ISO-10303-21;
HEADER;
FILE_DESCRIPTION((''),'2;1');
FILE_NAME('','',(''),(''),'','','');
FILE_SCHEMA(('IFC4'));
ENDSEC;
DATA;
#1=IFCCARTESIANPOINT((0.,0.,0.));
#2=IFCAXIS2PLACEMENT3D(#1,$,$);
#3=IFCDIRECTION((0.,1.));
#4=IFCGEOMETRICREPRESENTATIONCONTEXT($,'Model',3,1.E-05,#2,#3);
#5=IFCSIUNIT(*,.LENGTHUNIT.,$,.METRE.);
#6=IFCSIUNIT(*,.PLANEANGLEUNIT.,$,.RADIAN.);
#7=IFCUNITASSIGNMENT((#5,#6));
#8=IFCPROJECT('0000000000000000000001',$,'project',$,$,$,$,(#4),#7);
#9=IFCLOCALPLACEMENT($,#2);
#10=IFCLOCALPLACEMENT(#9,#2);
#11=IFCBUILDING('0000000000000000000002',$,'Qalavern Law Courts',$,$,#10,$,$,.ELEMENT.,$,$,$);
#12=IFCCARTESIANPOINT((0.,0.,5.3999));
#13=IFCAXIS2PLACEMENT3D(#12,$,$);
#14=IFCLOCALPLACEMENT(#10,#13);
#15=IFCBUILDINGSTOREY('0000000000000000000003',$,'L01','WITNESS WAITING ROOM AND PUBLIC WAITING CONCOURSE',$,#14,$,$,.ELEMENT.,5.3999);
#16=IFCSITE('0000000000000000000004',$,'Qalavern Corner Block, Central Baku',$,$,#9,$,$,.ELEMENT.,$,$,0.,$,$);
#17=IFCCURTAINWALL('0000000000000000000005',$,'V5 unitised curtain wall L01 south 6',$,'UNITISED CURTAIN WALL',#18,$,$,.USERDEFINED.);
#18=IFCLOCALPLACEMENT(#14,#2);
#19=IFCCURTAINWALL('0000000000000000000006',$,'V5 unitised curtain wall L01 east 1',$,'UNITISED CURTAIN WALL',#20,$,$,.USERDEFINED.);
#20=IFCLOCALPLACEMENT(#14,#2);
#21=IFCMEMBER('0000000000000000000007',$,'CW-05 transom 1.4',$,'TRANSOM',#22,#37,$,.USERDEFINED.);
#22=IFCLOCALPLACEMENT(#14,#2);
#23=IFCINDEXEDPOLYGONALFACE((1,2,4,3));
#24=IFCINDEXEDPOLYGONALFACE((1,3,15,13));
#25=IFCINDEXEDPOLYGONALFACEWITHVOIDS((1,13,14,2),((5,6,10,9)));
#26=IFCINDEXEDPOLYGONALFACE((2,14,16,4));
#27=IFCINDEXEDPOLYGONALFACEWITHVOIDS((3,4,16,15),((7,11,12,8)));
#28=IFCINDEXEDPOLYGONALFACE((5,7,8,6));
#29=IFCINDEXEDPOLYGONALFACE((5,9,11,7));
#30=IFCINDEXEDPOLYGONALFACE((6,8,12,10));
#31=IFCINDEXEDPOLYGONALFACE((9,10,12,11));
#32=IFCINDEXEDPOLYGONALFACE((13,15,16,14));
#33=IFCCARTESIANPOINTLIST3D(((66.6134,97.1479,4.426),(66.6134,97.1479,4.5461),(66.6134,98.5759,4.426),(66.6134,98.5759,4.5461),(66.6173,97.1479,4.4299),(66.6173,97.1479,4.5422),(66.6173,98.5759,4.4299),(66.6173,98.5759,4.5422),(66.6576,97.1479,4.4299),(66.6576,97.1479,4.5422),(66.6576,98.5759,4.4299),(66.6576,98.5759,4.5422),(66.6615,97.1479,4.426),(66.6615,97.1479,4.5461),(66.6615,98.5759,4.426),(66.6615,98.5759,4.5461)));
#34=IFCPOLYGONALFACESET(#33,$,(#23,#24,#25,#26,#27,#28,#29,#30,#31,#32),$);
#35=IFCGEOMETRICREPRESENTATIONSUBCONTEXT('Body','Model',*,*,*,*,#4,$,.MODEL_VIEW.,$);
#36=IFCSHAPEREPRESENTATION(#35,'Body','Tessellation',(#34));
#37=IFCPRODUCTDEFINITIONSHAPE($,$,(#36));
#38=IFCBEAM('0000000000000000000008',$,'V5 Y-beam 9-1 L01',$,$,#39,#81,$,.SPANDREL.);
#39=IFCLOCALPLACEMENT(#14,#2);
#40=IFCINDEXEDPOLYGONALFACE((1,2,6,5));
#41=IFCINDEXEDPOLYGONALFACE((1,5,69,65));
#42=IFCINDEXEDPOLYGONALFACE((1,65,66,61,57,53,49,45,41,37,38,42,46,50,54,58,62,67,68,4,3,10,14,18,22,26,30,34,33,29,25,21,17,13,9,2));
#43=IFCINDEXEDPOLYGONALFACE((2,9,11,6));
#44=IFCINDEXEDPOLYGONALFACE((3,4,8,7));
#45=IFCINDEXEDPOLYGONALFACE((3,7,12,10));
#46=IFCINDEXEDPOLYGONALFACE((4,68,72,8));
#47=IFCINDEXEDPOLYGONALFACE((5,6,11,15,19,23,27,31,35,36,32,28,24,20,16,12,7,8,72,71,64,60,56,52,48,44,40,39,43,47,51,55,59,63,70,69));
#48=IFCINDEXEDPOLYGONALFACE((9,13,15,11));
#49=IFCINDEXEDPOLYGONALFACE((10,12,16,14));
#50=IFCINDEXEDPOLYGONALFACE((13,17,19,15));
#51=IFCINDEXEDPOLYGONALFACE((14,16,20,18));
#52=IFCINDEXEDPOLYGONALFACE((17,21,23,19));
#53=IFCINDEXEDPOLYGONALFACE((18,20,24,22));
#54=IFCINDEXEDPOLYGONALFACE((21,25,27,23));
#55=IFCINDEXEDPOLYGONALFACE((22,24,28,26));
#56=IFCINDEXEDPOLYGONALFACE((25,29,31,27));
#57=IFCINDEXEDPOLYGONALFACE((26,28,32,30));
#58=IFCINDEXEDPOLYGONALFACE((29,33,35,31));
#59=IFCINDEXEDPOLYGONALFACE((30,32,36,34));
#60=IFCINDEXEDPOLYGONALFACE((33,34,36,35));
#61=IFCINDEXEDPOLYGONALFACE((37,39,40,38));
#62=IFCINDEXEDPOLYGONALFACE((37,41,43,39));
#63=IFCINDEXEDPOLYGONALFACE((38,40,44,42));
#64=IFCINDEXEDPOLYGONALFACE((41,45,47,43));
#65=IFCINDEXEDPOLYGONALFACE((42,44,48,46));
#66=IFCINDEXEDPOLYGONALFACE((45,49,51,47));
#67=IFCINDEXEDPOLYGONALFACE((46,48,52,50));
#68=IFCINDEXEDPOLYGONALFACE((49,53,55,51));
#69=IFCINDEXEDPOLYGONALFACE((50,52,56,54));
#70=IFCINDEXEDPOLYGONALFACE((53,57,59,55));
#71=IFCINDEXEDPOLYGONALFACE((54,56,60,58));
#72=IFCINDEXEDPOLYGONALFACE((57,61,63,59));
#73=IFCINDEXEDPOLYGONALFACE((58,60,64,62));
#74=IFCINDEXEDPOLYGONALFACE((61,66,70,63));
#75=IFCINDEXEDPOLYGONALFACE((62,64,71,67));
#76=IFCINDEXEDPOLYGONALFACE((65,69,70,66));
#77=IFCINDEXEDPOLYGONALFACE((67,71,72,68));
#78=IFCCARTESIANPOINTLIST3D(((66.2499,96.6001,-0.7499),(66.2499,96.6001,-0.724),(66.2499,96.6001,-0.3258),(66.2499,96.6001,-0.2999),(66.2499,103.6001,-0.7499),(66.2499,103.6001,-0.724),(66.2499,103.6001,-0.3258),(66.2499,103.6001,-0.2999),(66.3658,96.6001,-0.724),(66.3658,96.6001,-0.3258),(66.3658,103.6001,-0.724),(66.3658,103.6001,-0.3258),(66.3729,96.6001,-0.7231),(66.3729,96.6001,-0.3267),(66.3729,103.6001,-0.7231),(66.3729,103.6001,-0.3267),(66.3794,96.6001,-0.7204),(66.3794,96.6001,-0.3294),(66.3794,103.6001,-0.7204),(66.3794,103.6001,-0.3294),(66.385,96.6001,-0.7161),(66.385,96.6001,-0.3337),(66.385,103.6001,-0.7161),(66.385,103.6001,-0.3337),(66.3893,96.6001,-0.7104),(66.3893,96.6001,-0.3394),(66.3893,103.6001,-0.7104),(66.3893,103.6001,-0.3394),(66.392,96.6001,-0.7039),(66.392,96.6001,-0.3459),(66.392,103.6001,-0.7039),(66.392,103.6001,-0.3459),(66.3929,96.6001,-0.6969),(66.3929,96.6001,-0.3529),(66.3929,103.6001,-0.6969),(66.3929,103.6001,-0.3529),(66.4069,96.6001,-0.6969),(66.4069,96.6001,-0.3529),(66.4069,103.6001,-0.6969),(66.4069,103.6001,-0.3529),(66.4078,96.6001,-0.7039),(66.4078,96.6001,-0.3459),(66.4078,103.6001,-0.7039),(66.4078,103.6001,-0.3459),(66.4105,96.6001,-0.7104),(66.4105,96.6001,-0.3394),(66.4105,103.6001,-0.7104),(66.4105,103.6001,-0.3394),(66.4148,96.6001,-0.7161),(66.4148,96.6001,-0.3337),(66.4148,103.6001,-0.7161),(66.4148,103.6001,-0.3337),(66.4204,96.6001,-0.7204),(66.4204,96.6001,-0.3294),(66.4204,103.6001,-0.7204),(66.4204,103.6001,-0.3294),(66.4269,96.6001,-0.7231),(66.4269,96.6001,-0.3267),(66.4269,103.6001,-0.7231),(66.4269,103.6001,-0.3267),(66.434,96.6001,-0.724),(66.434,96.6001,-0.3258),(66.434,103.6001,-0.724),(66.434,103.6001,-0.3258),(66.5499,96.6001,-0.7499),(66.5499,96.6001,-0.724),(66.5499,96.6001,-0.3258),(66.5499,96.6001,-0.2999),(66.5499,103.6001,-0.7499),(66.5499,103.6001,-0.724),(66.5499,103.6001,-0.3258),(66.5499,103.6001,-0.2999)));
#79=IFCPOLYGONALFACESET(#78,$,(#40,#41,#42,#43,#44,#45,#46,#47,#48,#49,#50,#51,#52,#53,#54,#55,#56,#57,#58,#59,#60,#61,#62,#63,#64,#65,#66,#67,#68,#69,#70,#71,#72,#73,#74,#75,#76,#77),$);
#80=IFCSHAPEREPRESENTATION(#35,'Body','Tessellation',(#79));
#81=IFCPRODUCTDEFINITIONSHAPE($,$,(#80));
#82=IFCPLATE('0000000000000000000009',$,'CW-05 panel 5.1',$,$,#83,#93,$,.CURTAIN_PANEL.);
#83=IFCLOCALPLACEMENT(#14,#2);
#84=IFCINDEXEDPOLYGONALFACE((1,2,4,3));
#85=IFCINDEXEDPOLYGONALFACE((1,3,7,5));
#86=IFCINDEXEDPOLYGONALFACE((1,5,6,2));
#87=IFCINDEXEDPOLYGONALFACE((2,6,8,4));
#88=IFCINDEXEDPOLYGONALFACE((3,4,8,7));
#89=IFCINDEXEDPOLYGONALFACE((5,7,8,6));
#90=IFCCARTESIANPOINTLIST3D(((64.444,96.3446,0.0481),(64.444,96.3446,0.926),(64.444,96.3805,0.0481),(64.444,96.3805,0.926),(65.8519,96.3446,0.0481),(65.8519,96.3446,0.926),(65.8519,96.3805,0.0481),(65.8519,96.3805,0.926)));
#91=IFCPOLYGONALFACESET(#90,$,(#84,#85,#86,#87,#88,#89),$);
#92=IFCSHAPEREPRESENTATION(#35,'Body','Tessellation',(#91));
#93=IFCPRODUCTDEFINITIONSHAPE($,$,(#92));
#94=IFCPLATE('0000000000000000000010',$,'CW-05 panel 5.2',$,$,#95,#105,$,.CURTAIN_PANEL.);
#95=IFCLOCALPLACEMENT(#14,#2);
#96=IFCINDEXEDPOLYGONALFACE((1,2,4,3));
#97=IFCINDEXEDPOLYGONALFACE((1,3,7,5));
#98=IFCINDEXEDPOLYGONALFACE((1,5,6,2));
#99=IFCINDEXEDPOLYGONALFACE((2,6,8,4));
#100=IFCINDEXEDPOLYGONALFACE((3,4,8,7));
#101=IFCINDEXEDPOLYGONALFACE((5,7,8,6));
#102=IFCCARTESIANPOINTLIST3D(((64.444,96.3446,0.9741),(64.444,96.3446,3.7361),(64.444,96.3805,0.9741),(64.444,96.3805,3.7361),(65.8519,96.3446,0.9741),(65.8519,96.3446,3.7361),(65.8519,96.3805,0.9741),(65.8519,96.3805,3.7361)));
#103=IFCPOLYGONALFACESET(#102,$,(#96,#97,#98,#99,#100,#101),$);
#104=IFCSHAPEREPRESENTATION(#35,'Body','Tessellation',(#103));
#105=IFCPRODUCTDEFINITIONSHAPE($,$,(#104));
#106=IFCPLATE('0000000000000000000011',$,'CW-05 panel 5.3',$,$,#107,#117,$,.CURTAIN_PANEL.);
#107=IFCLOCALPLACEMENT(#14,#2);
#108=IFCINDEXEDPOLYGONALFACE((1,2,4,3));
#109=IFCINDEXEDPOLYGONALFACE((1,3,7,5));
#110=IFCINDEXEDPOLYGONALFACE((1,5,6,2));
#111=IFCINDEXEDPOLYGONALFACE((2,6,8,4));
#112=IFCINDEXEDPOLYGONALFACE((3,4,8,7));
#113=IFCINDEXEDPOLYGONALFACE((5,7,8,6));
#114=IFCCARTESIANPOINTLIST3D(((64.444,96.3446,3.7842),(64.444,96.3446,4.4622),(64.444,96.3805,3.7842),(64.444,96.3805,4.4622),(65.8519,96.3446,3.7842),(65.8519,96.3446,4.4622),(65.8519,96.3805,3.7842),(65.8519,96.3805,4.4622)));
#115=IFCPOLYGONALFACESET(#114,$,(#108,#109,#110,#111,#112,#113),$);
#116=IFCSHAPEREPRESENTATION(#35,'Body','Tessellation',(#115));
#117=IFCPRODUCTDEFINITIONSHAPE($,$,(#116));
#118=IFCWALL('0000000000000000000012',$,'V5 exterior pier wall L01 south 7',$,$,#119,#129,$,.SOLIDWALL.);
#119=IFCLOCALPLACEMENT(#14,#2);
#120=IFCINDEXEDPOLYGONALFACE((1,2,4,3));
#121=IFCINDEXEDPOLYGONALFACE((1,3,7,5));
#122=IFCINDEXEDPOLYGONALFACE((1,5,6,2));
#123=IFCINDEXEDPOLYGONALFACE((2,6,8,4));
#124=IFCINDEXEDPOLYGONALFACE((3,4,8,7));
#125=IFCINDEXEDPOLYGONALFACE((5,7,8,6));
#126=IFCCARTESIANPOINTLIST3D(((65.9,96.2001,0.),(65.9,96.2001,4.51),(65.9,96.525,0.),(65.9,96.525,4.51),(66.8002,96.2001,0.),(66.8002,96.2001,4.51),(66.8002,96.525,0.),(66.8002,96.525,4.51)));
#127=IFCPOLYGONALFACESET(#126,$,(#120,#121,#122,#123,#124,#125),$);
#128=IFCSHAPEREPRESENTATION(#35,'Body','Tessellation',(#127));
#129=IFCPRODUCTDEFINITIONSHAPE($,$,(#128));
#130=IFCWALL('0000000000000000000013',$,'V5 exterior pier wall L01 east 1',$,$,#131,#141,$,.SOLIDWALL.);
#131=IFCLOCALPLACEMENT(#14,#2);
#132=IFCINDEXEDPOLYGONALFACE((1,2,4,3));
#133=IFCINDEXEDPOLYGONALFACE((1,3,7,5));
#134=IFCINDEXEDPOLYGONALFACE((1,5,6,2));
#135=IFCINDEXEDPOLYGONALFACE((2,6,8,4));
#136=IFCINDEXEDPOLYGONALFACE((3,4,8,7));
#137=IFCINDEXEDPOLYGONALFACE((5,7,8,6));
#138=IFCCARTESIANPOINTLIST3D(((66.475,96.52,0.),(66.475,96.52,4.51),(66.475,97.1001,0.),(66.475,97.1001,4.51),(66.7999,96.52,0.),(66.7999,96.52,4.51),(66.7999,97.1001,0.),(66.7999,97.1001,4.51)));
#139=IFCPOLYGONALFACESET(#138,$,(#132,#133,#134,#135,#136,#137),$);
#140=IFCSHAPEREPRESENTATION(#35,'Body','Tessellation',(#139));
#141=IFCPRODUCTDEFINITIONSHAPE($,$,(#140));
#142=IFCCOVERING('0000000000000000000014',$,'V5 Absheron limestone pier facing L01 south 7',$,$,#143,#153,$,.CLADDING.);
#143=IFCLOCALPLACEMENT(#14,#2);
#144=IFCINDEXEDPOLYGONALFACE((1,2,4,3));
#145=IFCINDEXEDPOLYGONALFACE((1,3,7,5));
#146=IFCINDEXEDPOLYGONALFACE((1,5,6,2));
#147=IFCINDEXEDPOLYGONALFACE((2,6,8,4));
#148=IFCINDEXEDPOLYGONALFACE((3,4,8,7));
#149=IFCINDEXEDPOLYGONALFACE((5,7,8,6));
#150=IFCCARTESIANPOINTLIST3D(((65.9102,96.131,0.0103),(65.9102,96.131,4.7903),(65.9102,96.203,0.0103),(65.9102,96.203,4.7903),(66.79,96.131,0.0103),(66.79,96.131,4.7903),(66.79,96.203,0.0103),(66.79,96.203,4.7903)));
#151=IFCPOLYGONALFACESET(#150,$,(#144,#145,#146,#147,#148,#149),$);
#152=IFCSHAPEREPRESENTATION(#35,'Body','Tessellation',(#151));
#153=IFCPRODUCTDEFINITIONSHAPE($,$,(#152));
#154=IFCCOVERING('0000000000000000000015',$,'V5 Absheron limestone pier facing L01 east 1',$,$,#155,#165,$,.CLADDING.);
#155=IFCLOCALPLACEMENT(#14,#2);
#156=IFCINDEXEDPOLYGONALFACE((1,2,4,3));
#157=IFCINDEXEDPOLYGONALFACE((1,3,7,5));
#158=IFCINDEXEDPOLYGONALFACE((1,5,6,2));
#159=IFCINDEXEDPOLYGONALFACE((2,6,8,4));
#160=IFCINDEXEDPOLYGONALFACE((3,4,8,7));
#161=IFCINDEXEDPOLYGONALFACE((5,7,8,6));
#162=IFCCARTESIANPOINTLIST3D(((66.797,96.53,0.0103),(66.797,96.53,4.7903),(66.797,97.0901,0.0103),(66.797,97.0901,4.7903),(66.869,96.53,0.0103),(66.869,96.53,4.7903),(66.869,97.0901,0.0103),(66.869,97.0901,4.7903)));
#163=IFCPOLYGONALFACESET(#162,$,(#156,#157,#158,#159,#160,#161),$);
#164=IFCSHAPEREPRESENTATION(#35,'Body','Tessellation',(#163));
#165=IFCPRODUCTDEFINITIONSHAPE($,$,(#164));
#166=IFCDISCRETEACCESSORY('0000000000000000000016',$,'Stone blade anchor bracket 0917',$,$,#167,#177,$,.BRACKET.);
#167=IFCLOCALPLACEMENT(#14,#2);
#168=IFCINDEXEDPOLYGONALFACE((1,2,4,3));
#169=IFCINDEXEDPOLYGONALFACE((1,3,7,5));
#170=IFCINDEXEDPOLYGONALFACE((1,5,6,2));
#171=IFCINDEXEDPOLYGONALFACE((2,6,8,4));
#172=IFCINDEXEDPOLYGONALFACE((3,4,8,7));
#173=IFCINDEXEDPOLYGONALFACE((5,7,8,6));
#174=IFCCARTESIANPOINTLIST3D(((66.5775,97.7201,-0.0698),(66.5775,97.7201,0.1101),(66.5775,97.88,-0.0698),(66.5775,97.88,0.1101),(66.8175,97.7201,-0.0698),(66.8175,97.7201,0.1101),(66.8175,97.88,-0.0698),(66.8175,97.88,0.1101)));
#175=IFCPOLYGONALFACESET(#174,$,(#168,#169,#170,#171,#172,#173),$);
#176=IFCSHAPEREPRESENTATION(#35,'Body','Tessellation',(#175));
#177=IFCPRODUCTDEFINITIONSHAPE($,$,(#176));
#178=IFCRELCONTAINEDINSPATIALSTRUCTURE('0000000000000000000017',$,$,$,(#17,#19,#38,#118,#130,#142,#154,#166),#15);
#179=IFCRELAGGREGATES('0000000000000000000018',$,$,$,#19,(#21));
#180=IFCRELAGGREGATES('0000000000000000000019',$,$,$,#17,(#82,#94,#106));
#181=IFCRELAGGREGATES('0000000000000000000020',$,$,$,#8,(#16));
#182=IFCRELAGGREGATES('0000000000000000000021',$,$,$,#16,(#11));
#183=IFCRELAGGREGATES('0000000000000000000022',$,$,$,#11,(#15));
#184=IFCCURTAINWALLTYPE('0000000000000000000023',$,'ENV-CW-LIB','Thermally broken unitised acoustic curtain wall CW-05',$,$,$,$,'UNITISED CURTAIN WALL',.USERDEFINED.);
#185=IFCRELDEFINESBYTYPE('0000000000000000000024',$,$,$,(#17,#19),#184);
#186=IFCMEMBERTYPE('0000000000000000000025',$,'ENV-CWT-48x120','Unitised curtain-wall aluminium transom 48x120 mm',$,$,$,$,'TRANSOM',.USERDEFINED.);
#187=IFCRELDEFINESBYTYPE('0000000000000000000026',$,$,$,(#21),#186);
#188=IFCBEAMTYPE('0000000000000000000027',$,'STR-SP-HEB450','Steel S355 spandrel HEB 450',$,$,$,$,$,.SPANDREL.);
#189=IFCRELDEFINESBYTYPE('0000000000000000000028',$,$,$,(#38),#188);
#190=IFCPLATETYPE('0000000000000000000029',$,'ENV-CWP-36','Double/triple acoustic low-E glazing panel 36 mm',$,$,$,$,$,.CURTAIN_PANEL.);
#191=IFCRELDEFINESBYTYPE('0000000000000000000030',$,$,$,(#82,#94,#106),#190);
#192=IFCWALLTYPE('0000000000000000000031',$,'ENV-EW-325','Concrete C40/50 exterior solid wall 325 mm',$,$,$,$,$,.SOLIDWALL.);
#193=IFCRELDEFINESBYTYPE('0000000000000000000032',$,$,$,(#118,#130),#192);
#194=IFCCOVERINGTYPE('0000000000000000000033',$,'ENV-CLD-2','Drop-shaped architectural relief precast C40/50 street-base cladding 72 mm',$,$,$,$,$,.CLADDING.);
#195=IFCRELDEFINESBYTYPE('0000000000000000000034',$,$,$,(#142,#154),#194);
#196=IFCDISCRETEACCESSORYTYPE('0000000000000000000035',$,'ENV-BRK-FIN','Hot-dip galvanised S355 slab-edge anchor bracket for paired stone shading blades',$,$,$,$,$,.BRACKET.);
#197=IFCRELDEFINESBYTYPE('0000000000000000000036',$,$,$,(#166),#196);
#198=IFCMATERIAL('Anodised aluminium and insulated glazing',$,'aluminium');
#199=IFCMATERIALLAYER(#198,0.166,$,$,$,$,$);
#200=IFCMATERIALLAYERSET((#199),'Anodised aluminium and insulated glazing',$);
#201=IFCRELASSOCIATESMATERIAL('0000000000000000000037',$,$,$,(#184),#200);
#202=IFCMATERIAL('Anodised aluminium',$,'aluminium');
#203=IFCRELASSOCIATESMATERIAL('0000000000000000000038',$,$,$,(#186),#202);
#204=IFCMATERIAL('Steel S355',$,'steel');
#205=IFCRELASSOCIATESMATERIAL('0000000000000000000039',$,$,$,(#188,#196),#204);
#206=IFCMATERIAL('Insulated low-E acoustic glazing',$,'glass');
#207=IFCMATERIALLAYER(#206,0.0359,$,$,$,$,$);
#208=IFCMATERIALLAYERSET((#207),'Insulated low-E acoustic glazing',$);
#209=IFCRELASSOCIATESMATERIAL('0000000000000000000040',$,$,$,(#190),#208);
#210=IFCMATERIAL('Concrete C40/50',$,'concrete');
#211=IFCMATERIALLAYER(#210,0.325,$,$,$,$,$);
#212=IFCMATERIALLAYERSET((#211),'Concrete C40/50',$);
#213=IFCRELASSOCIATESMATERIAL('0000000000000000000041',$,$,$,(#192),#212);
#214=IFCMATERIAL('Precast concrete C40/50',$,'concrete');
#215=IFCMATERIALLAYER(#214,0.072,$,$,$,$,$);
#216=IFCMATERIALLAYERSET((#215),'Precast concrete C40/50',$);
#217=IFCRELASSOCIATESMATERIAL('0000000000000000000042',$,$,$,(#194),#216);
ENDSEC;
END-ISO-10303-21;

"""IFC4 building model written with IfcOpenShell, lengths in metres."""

from ifc_helpers import new_model, si_unit, direction, frame, frame_2d, origin, origin_2d, place, context, subcontext, project, spatial, rectangle, hollow_rectangle, i_section, extrude, material, layer, layer_set, material_profile, profile_set, type_object, element, aggregate, save


model = new_model("IFC4")

# Units and contexts
model_context = context("Model", 3, precision=1e-05, world=origin(), true_north=direction((0.0, 1.0)))
body_context = subcontext(model_context, "Body", "Model", "MODEL_VIEW")
ifc_project = project(units=[si_unit("LENGTHUNIT", "METRE"), si_unit("PLANEANGLEUNIT", "RADIAN")], contexts=[model_context])

# Site, building, storey
site_placement = place(None, origin())
site = spatial("IfcSite", under=ifc_project, at=site_placement, Name="Qalavern Corner Block, Central Baku", CompositionType="ELEMENT", RefElevation=0.0)
building_placement = place(site_placement, origin())
building = spatial("IfcBuilding", under=site, at=building_placement, Name="Qalavern Law Courts", CompositionType="ELEMENT")
storey_placement = place(building_placement, frame((0.0, 0.0, 5.3999)))
storey = spatial("IfcBuildingStorey", under=building, at=storey_placement, Name="L01", Description="WITNESS WAITING ROOM AND PUBLIC WAITING CONCOURSE", CompositionType="ELEMENT", Elevation=5.3999)

# Curtain wall
ifc_material_1 = material(Name="Anodised aluminium and insulated glazing", Category="aluminium")
ifc_layer_1 = layer(ifc_material_1, 0.166)
ifc_layer_set_1 = layer_set([ifc_layer_1], Name="Anodised aluminium and insulated glazing")
curtain_wall_type = type_object("IfcCurtainWallType", Name="ENV-CW-LIB", Description="Thermally broken unitised acoustic curtain wall CW-05", ElementType="UNITISED CURTAIN WALL", PredefinedType="USERDEFINED", material=ifc_layer_set_1)
curtain_wall_1_placement = place(storey_placement, origin())
curtain_wall_1 = element("IfcCurtainWall", 1, at=curtain_wall_1_placement, inside=storey, type_object=curtain_wall_type, Name="V5 unitised curtain wall L01 south 6", ObjectType="UNITISED CURTAIN WALL", PredefinedType="USERDEFINED")
ifc_material_2 = material(Name="Anodised aluminium", Category="aluminium")

# Curtain wall
curtain_wall_2_placement = place(storey_placement, origin())
curtain_wall_2 = element("IfcCurtainWall", 2, at=curtain_wall_2_placement, inside=storey, type_object=curtain_wall_type, Name="V5 unitised curtain wall L01 east 1", ObjectType="UNITISED CURTAIN WALL", PredefinedType="USERDEFINED")

# Member
ifc_material_profile_1 = material_profile(ifc_material_2, hollow_rectangle(XDim=0.0481, YDim=0.1201, WallThickness=0.0039, at=origin_2d()), Name="ALU TRANSOM 48x120")
ifc_profile_set_1 = profile_set([ifc_material_profile_1], Name="Anodised aluminium")
member_type_1 = type_object("IfcMemberType", Name="ENV-CWT-48x120", Description="Unitised curtain-wall aluminium transom 48x120 mm", ElementType="TRANSOM", PredefinedType="USERDEFINED", material=ifc_profile_set_1)
member_1_placement = place(storey_placement, frame((66.6375, 97.1479, 4.4861), z_axis=(0.0, 1.0, 0.0), x_axis=(-1.0, 0.0, 0.0)))
member_1 = element("IfcMember", 3, at=member_1_placement, type_object=member_type_1, Name="CW-05 transom 1.4", ObjectType="TRANSOM", PredefinedType="USERDEFINED", context=body_context, shape_type="SweptSolid", body=[
    extrude(hollow_rectangle(XDim=0.0481, YDim=0.1201, WallThickness=0.0039, at=origin_2d()), origin(), (0.0, 0.0, 1.0), 1.428),
])
aggregate(curtain_wall_2, [member_1])

# Beam
ifc_material_3 = material(Name="Steel S355", Category="steel")
ifc_material_profile_2 = material_profile(ifc_material_3, i_section(OverallWidth=0.3, OverallDepth=0.45, WebThickness=0.0139, FlangeThickness=0.0259, FilletRadius=0.0271, at=origin_2d()), Name="HEB 450")
ifc_profile_set_2 = profile_set([ifc_material_profile_2], Name="Steel S355")
beam_type = type_object("IfcBeamType", Name="STR-SP-HEB450", Description="Steel S355 spandrel HEB 450", PredefinedType="SPANDREL", material=ifc_profile_set_2)
beam_placement = place(storey_placement, frame((66.3999, 96.6001, -0.5249), z_axis=(0.0, 1.0, 0.0), x_axis=(-1.0, 0.0, 0.0)))
element("IfcBeam", 4, at=beam_placement, inside=storey, type_object=beam_type, Name="V5 Y-beam 9-1 L01", PredefinedType="SPANDREL", context=body_context, shape_type="SweptSolid", body=[
    extrude(i_section(OverallWidth=0.3, OverallDepth=0.45, WebThickness=0.0139, FlangeThickness=0.0259, FilletRadius=0.0271, at=origin_2d()), origin(), (0.0, 0.0, 1.0), 7.0),
])

# Plates
ifc_material_4 = material(Name="Insulated low-E acoustic glazing", Category="glass")
ifc_layer_2 = layer(ifc_material_4, 0.0359)
ifc_layer_set_2 = layer_set([ifc_layer_2], Name="Insulated low-E acoustic glazing")
plate_type = type_object("IfcPlateType", Name="ENV-CWP-36", Description="Double/triple acoustic low-E glazing panel 36 mm", PredefinedType="CURTAIN_PANEL", material=ifc_layer_set_2)
plate_1_placement = place(storey_placement, frame((65.1479, 96.3625, 0.0481), z_axis=(0.0, 0.0, 1.0), x_axis=(1.0, 0.0, 0.0)))
plate_1 = element("IfcPlate", 5, at=plate_1_placement, type_object=plate_type, Name="CW-05 panel 5.1", PredefinedType="CURTAIN_PANEL", context=body_context, shape_type="SweptSolid", body=[
    extrude(rectangle(XDim=1.408, YDim=0.0359, at=origin_2d()), origin(), (0.0, 0.0, 1.0), 0.8779),
])
plate_2_placement = place(storey_placement, frame((65.1479, 96.3625, 0.9741), z_axis=(0.0, 0.0, 1.0), x_axis=(1.0, 0.0, 0.0)))
plate_2 = element("IfcPlate", 6, at=plate_2_placement, type_object=plate_type, Name="CW-05 panel 5.2", PredefinedType="CURTAIN_PANEL", context=body_context, shape_type="SweptSolid", body=[
    extrude(rectangle(XDim=1.408, YDim=0.0359, at=origin_2d()), origin(), (0.0, 0.0, 1.0), 2.762),
])
plate_3_placement = place(storey_placement, frame((65.1479, 96.3625, 3.7842), z_axis=(0.0, 0.0, 1.0), x_axis=(1.0, 0.0, 0.0)))
plate_3 = element("IfcPlate", 7, at=plate_3_placement, type_object=plate_type, Name="CW-05 panel 5.3", PredefinedType="CURTAIN_PANEL", context=body_context, shape_type="SweptSolid", body=[
    extrude(rectangle(XDim=1.408, YDim=0.0359, at=origin_2d()), origin(), (0.0, 0.0, 1.0), 0.678),
])
aggregate(curtain_wall_1, [plate_1, plate_2, plate_3])

# Walls
ifc_material_5 = material(Name="Concrete C40/50", Category="concrete")
ifc_layer_3 = layer(ifc_material_5, 0.325)
ifc_layer_set_3 = layer_set([ifc_layer_3], Name="Concrete C40/50")
wall_type = type_object("IfcWallType", Name="ENV-EW-325", Description="Concrete C40/50 exterior solid wall 325 mm", PredefinedType="SOLIDWALL", material=ifc_layer_set_3)
wall_1_placement = place(storey_placement, frame((65.8999, 96.3625, 0.0), z_axis=(0.0, 0.0, 1.0), x_axis=(1.0, 0.0, 0.0)))
element("IfcWall", 8, at=wall_1_placement, inside=storey, type_object=wall_type, Name="V5 exterior pier wall L01 south 7", PredefinedType="SOLIDWALL", context=body_context, shape_type="SweptSolid", body=[
    extrude(rectangle(XDim=0.9001, YDim=0.325, at=frame_2d((0.4502, 0.0))), origin(), (0.0, 0.0, 1.0), 4.51),
])
wall_2_placement = place(storey_placement, frame((66.6375, 96.52, 0.0), z_axis=(0.0, 0.0, 1.0), x_axis=(0.0, 1.0, 0.0)))
element("IfcWall", 9, at=wall_2_placement, inside=storey, type_object=wall_type, Name="V5 exterior pier wall L01 east 1", PredefinedType="SOLIDWALL", context=body_context, shape_type="SweptSolid", body=[
    extrude(rectangle(XDim=0.5801, YDim=0.325, at=frame_2d((0.29, 0.0))), origin(), (0.0, 0.0, 1.0), 4.51),
])

# Coverings
ifc_material_6 = material(Name="Precast concrete C40/50", Category="concrete")
ifc_layer_4 = layer(ifc_material_6, 0.072)
ifc_layer_set_4 = layer_set([ifc_layer_4], Name="Precast concrete C40/50")
covering_type = type_object("IfcCoveringType", Name="ENV-CLD-2", Description="Drop-shaped architectural relief precast C40/50 street-base cladding 72 mm", PredefinedType="CLADDING", material=ifc_layer_set_4)
covering_1_placement = place(storey_placement, frame((66.3501, 96.167, 0.0103), z_axis=(0.0, 0.0, 1.0), x_axis=(1.0, 0.0, 0.0)))
element("IfcCovering", 10, at=covering_1_placement, inside=storey, type_object=covering_type, Name="V5 Absheron limestone pier facing L01 south 7", PredefinedType="CLADDING", context=body_context, shape_type="SweptSolid", body=[
    extrude(rectangle(XDim=0.8799, YDim=0.072, at=origin_2d()), origin(), (0.0, 0.0, 1.0), 4.78),
])
covering_2_placement = place(storey_placement, frame((66.833, 96.8101, 0.0103), z_axis=(0.0, 0.0, 1.0), x_axis=(0.0, 1.0, 0.0)))
element("IfcCovering", 11, at=covering_2_placement, inside=storey, type_object=covering_type, Name="V5 Absheron limestone pier facing L01 east 1", PredefinedType="CLADDING", context=body_context, shape_type="SweptSolid", body=[
    extrude(rectangle(XDim=0.5601, YDim=0.072, at=origin_2d()), origin(), (0.0, 0.0, 1.0), 4.78),
])

# Discrete accessory
discrete_accessory_type = type_object("IfcDiscreteAccessoryType", Name="ENV-BRK-FIN", Description="Hot-dip galvanised S355 slab-edge anchor bracket for paired stone shading blades", PredefinedType="BRACKET", material=ifc_material_3)
discrete_accessory_placement = place(storey_placement, frame((66.6975, 97.8, -0.0698), z_axis=(0.0, 0.0, 1.0), x_axis=(1.0, 0.0, 0.0)))
element("IfcDiscreteAccessory", 12, at=discrete_accessory_placement, inside=storey, type_object=discrete_accessory_type, Name="Stone blade anchor bracket 0917", PredefinedType="BRACKET", context=body_context, shape_type="SweptSolid", body=[
    extrude(rectangle(XDim=0.24, YDim=0.1599, at=origin_2d()), origin(), (0.0, 0.0, 1.0), 0.1799),
])

save(model, "model.ifc")
